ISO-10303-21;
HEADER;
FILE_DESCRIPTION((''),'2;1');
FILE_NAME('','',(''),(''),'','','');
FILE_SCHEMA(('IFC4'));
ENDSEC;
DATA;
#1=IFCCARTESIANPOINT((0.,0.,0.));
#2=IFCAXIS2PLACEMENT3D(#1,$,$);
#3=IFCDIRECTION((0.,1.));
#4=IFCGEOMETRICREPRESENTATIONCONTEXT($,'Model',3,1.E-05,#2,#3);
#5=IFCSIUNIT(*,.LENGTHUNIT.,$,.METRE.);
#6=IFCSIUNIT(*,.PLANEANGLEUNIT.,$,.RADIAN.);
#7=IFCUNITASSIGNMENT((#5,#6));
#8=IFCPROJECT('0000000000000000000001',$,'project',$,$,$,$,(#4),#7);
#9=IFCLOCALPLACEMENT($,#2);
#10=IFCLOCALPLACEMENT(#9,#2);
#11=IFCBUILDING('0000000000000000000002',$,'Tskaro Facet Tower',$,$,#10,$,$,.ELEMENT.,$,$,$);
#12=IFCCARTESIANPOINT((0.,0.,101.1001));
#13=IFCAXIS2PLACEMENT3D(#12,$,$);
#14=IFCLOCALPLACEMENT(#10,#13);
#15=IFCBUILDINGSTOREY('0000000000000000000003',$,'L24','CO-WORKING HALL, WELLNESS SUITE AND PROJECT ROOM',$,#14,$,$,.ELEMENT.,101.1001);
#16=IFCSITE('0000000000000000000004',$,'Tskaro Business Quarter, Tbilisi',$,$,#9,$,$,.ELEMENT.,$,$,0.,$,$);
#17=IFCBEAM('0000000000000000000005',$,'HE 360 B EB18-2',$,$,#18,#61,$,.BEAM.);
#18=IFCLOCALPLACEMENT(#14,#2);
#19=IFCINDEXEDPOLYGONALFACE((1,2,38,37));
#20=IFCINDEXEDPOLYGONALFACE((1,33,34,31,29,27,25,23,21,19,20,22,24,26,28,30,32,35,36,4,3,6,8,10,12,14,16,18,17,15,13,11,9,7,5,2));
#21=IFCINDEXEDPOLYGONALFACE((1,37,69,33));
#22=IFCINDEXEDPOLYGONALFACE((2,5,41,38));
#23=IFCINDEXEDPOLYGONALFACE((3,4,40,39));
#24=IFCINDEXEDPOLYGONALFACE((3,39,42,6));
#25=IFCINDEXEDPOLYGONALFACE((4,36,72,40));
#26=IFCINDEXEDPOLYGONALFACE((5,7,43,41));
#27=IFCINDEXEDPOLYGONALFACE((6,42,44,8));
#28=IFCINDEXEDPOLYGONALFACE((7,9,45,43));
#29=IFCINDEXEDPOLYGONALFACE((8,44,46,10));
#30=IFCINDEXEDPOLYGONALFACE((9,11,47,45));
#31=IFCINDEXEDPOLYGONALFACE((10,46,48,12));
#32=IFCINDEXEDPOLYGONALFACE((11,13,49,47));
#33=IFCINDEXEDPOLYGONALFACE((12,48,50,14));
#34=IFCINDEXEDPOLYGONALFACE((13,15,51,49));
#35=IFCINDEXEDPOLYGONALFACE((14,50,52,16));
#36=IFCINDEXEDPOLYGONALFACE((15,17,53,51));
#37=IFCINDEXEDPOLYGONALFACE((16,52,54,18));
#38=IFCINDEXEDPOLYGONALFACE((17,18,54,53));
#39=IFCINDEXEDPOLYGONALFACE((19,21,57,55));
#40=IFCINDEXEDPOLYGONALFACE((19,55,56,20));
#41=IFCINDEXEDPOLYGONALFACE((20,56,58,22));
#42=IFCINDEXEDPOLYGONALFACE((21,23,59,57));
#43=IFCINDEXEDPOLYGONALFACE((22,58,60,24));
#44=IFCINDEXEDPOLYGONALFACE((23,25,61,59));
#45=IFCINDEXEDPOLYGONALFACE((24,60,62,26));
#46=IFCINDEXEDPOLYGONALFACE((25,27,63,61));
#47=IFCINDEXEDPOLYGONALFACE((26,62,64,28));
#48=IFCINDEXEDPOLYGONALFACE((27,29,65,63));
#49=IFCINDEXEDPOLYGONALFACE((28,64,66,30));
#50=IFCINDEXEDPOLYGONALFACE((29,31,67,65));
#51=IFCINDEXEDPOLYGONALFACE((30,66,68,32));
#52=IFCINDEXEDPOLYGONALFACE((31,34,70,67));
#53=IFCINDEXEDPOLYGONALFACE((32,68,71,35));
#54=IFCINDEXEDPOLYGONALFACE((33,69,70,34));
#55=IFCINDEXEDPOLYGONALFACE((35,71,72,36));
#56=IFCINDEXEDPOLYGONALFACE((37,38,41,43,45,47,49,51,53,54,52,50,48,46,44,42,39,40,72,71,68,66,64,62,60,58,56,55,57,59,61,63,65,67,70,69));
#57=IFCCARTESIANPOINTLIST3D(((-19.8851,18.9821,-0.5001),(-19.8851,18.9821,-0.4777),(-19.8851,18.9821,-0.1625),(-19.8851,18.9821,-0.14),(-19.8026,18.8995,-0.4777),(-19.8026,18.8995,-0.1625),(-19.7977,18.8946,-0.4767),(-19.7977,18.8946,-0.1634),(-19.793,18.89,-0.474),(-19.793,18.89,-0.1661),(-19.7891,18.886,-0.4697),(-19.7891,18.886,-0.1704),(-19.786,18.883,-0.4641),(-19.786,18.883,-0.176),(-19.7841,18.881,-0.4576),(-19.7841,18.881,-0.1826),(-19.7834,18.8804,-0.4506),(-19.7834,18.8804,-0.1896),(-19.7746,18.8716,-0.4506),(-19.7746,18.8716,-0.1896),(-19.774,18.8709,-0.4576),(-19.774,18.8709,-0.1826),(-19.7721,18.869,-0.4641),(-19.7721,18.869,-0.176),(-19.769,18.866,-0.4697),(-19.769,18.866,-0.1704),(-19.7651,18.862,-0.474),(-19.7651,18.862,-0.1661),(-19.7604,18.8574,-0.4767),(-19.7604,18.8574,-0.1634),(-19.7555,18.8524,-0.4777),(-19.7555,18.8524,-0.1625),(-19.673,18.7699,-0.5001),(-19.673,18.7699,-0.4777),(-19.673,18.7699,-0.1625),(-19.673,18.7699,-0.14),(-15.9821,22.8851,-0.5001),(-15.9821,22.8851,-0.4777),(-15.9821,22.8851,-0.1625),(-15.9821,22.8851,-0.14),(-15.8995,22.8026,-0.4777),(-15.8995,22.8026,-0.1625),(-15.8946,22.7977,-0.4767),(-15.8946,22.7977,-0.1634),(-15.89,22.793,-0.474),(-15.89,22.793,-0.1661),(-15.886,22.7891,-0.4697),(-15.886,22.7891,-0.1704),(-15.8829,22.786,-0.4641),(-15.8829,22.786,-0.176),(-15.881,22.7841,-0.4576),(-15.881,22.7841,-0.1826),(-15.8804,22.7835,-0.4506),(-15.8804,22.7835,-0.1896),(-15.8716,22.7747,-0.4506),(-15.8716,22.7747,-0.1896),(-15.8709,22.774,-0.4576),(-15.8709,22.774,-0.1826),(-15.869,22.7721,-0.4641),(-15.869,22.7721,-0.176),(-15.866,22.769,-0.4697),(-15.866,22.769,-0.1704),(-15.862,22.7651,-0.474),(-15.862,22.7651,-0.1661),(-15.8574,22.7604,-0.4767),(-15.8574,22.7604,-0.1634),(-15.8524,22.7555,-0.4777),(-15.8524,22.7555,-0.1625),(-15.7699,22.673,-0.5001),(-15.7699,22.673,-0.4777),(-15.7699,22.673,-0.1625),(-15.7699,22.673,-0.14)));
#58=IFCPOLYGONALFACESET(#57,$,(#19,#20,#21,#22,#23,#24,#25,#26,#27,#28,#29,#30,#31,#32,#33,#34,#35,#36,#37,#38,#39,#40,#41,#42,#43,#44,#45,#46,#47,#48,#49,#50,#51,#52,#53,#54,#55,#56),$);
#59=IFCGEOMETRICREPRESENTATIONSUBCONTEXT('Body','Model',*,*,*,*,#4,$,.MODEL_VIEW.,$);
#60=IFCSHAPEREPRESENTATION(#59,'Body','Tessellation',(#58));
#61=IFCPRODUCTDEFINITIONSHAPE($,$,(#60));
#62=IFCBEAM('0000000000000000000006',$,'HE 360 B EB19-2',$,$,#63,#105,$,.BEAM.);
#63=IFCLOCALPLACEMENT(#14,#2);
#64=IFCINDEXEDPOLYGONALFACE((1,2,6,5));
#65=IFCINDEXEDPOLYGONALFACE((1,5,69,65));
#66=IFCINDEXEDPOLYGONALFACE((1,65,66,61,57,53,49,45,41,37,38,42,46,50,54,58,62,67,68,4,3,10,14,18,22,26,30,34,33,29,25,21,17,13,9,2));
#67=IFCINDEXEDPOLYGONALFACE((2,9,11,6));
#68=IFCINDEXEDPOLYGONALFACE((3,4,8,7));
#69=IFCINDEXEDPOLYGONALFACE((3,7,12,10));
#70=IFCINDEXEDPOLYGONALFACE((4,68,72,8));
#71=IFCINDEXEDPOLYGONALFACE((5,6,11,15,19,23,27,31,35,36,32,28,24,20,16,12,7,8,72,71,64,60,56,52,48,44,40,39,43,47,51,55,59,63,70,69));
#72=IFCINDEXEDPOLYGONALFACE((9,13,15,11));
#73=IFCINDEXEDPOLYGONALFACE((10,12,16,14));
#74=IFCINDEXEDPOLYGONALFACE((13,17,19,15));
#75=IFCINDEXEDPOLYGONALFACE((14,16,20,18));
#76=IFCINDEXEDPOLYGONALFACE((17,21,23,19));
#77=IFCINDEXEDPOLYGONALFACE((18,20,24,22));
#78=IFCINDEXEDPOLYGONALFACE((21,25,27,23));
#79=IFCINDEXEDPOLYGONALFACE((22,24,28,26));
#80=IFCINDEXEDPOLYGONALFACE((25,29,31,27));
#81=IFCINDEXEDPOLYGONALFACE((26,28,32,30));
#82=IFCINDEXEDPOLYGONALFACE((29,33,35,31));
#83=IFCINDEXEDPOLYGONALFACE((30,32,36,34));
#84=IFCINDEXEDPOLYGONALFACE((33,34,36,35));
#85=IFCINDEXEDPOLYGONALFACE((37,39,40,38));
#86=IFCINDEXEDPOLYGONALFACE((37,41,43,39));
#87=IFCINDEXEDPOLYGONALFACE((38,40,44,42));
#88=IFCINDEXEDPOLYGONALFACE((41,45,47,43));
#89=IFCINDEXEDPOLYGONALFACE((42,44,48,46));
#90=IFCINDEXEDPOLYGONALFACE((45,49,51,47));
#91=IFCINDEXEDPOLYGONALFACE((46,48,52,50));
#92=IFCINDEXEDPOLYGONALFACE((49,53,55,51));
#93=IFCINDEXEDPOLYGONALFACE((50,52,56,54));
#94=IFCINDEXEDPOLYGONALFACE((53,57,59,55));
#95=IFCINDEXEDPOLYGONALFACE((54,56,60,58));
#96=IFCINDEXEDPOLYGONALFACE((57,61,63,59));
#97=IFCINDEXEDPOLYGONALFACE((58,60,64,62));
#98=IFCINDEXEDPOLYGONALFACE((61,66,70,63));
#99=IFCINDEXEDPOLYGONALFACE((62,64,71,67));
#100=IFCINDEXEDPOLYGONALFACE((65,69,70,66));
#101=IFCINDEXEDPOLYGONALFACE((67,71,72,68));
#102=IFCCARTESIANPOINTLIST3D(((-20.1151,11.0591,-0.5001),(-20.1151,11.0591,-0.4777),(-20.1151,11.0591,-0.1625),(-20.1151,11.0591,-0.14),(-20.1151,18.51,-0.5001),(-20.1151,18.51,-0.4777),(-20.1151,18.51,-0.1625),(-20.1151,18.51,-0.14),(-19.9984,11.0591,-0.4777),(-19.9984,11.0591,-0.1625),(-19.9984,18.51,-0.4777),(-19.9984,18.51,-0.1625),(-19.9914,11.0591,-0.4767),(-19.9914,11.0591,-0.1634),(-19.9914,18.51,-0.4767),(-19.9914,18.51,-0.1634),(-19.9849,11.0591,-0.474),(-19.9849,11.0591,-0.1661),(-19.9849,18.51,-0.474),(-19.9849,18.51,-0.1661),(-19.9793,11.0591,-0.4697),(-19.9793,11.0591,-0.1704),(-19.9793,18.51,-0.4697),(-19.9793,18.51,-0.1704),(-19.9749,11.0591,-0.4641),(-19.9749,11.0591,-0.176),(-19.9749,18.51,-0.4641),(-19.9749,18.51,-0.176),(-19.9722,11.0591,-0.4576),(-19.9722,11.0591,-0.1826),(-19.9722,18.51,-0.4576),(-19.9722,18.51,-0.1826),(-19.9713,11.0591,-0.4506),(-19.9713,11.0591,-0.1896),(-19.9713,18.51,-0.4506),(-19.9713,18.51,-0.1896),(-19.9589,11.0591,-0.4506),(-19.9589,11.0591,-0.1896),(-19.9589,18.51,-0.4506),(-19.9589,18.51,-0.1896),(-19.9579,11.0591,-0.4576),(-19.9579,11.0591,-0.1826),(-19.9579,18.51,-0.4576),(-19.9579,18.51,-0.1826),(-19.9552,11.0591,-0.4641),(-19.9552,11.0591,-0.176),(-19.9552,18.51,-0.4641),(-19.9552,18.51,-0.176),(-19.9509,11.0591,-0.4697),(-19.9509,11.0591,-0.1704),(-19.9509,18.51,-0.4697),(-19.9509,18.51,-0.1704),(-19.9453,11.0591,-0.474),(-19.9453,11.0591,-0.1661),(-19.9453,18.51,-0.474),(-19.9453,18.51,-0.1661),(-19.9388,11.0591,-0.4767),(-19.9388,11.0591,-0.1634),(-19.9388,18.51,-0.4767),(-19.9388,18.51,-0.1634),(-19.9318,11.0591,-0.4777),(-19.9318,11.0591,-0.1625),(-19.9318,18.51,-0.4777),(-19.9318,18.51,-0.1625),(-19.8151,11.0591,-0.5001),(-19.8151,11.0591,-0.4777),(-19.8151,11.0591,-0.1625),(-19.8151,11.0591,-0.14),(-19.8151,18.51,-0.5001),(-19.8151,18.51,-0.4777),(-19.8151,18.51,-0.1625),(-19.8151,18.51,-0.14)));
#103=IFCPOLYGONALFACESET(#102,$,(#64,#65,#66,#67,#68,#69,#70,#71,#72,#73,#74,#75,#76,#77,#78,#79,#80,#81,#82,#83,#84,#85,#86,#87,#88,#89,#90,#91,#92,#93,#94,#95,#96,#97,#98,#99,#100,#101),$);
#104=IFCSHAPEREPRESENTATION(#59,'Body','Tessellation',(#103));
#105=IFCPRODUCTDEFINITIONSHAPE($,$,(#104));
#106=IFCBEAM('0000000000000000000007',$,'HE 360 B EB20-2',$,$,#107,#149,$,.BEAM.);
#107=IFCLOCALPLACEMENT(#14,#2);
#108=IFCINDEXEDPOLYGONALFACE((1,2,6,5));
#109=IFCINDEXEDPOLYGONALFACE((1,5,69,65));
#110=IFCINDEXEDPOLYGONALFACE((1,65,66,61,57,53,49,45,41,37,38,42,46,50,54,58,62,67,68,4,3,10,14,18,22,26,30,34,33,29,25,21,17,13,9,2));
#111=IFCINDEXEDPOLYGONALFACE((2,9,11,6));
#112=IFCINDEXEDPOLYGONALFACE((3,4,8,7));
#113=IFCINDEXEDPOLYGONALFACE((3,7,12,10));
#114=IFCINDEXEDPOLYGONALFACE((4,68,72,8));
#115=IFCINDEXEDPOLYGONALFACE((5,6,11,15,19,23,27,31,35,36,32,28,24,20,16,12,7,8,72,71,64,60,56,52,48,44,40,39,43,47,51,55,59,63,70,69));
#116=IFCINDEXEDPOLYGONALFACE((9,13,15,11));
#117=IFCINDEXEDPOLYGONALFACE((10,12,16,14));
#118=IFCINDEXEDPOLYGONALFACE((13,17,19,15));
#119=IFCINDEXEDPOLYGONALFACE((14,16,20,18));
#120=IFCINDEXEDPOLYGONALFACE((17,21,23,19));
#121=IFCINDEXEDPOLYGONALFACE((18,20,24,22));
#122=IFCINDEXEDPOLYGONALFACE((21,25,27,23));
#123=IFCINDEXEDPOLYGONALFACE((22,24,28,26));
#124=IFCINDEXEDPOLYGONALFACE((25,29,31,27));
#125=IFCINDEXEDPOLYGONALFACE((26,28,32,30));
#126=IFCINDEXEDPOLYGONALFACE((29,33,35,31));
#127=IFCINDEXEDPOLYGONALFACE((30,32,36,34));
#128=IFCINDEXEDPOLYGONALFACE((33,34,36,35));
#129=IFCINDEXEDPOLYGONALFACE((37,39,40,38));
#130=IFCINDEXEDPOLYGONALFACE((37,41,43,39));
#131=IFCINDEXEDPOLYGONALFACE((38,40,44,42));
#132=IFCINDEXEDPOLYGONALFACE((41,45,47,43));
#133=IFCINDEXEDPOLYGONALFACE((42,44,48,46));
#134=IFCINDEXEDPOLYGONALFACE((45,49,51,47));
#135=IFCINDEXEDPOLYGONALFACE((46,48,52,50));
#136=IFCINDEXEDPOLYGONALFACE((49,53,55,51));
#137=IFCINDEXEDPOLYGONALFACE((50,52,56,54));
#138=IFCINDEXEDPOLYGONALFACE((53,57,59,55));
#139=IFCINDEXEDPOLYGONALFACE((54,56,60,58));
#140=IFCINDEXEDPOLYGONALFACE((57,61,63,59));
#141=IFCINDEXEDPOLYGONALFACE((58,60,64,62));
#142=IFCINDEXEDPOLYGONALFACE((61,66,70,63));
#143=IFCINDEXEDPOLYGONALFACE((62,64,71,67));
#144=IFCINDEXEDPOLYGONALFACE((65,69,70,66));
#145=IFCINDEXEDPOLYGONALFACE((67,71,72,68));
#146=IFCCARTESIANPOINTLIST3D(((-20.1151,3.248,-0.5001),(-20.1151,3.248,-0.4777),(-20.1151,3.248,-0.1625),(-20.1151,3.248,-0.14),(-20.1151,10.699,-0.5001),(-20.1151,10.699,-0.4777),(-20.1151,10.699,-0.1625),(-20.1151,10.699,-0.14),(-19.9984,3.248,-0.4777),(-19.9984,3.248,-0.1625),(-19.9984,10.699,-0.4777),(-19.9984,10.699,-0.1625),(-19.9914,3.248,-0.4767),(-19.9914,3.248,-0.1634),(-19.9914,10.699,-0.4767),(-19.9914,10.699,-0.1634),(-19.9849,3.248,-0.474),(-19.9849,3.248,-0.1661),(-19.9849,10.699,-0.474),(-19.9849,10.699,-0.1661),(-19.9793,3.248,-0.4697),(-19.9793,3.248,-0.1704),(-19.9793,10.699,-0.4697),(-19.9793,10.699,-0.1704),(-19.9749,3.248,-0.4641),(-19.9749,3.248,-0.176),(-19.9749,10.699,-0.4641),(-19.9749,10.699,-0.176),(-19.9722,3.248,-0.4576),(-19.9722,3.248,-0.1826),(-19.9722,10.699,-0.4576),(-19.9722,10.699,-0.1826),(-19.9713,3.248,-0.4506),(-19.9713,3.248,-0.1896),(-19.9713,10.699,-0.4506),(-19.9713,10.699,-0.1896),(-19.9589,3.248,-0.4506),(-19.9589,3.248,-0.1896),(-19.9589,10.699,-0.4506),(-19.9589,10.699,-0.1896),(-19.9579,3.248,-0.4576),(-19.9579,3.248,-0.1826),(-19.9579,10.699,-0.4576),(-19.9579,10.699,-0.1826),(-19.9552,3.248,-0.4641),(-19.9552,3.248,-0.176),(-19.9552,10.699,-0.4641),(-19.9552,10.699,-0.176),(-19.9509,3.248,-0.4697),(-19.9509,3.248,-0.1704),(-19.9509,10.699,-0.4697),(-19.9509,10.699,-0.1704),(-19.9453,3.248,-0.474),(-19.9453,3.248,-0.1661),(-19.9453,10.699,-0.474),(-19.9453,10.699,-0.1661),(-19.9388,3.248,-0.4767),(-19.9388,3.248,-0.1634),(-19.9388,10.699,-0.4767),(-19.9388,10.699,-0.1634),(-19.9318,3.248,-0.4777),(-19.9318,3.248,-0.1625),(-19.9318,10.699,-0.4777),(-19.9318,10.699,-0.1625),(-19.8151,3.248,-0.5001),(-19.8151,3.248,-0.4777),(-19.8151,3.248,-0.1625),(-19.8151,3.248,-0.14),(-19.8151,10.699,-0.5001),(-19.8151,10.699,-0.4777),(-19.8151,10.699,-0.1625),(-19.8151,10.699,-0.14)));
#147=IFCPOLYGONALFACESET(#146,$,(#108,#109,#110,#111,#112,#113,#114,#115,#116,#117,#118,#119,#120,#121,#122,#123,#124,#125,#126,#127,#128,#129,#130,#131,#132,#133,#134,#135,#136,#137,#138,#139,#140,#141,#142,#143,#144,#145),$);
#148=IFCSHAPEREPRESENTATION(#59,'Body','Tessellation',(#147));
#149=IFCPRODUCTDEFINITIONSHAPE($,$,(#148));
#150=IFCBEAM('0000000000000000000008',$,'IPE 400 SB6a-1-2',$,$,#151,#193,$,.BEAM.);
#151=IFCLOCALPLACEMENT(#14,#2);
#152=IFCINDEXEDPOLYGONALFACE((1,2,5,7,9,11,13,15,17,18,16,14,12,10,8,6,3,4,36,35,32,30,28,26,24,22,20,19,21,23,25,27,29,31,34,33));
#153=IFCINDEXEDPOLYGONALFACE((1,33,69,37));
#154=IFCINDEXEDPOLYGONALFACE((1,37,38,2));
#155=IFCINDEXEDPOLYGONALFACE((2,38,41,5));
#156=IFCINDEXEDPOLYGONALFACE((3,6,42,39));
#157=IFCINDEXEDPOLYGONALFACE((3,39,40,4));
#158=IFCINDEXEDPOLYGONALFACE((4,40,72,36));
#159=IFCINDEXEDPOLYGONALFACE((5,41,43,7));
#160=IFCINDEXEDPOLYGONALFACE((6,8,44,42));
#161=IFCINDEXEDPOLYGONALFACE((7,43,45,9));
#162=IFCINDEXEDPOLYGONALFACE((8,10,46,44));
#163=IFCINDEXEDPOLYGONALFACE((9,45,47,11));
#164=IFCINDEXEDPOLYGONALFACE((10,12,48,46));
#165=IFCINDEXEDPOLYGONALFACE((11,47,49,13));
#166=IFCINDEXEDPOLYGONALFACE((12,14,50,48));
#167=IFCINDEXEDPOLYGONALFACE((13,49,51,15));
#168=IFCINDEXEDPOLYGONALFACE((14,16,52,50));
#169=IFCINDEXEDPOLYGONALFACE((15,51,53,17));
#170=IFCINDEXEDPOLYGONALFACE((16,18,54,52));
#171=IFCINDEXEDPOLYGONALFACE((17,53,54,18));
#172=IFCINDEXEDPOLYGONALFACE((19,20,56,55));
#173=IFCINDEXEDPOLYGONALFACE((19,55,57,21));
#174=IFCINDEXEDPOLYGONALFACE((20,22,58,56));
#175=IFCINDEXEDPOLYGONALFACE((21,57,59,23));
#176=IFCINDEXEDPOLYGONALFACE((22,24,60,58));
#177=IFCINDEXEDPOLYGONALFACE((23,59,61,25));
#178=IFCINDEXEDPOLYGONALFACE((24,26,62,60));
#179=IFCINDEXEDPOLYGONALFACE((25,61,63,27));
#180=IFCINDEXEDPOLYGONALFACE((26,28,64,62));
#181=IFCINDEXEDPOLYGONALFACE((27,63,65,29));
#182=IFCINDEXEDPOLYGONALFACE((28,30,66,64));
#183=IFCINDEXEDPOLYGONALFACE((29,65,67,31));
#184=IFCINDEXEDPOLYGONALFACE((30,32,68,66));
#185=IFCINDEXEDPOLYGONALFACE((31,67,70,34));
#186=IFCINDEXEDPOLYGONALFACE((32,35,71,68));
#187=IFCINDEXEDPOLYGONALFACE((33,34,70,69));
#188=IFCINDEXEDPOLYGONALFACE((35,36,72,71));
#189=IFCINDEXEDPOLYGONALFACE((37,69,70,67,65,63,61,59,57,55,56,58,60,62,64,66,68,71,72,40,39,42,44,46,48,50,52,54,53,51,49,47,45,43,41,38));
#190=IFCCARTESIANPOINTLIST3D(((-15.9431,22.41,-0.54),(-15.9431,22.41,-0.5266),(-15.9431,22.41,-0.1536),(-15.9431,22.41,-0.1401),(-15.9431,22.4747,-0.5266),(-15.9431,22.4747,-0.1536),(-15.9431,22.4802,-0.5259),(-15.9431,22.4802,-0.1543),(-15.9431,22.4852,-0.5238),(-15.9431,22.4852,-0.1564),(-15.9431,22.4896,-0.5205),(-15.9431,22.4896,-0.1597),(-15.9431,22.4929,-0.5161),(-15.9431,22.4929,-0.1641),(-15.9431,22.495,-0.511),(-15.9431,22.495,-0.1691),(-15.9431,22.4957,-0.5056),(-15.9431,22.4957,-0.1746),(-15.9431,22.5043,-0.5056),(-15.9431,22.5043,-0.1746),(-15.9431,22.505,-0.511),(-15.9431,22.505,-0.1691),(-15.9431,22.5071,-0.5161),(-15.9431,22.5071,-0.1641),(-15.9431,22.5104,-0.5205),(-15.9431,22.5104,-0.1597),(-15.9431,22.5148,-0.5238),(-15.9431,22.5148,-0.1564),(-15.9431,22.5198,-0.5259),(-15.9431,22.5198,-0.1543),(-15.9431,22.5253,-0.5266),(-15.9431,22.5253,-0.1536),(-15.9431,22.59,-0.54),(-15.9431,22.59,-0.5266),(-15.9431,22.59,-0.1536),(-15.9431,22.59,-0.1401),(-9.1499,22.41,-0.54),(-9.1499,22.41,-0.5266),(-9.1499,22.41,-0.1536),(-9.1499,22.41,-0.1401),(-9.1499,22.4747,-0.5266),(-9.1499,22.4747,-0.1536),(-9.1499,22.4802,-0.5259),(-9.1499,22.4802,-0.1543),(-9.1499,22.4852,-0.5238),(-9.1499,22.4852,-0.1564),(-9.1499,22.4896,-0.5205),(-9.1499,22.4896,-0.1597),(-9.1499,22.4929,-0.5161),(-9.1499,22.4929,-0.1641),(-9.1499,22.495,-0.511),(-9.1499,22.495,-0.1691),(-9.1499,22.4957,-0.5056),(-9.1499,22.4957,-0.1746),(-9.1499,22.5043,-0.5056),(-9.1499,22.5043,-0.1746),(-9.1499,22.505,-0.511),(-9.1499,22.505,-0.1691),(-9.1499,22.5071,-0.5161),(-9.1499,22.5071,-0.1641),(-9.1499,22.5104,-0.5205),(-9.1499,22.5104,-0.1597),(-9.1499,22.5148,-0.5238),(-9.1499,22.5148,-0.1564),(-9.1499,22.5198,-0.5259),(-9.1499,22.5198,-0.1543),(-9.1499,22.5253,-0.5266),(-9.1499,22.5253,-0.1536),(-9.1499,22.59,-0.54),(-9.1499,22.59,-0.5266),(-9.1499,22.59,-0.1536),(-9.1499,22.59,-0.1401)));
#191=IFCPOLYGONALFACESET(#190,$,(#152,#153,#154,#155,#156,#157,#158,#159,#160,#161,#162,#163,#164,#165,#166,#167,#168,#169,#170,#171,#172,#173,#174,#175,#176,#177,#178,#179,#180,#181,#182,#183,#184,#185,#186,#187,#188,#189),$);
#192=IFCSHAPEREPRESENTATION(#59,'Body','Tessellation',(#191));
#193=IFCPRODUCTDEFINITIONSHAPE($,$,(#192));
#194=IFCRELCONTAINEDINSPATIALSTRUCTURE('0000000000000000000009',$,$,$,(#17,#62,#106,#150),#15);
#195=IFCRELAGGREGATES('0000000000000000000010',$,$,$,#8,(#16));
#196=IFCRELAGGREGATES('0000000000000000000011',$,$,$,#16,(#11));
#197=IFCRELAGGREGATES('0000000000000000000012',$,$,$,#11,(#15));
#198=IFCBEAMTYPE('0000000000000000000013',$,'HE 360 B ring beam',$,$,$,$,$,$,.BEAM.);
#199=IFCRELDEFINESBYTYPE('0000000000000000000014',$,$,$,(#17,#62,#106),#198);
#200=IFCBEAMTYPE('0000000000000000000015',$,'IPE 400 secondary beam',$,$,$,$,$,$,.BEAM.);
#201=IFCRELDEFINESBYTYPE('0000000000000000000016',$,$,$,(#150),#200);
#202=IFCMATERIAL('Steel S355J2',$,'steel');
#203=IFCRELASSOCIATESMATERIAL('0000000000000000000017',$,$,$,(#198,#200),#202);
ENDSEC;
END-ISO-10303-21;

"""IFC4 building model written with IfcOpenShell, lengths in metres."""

from ifc_helpers import new_model, si_unit, direction, frame, origin, origin_2d, place, context, subcontext, project, spatial, i_section, extrude, material, material_profile, profile_set, type_object, element, save


model = new_model("IFC4")

# Units and contexts
model_context = context("Model", 3, precision=1e-05, world=origin(), true_north=direction((0.0, 1.0)))
body_context = subcontext(model_context, "Body", "Model", "MODEL_VIEW")
ifc_project = project(units=[si_unit("LENGTHUNIT", "METRE"), si_unit("PLANEANGLEUNIT", "RADIAN")], contexts=[model_context])

# Site, building, storey
site_placement = place(None, origin())
site = spatial("IfcSite", under=ifc_project, at=site_placement, Name="Tskaro Business Quarter, Tbilisi", CompositionType="ELEMENT", RefElevation=0.0)
building_placement = place(site_placement, origin())
building = spatial("IfcBuilding", under=site, at=building_placement, Name="Tskaro Facet Tower", CompositionType="ELEMENT")
storey_placement = place(building_placement, frame((0.0, 0.0, 101.1001)))
storey = spatial("IfcBuildingStorey", under=building, at=storey_placement, Name="L24", Description="CO-WORKING HALL, WELLNESS SUITE AND PROJECT ROOM", CompositionType="ELEMENT", Elevation=101.1001)

# Beams
ifc_material_1 = material(Name="Steel S355J2", Category="steel")
ifc_material_profile_1 = material_profile(ifc_material_1, i_section(OverallWidth=0.3, OverallDepth=0.3601, WebThickness=0.0125, FlangeThickness=0.0225, FilletRadius=0.0271, at=origin_2d()), Name="HE 360 B")
ifc_profile_set_1 = profile_set([ifc_material_profile_1], Name="Steel S355J2")
beam_type_1 = type_object("IfcBeamType", Name="HE 360 B ring beam", PredefinedType="BEAM", material=ifc_profile_set_1)
beam_1_placement = place(storey_placement, frame((-15.876, 22.7791, -0.3201), z_axis=(-0.707107, -0.707107, 0.0), x_axis=(0.707107, -0.707107, 0.0)))
element("IfcBeam", 1, at=beam_1_placement, inside=storey, type_object=beam_type_1, Name="HE 360 B EB18-2", PredefinedType="BEAM", context=body_context, shape_type="SweptSolid", body=[
    extrude(i_section(OverallWidth=0.3, OverallDepth=0.3601, WebThickness=0.0125, FlangeThickness=0.0225, FilletRadius=0.0271, at=origin_2d()), origin(), (0.0, 0.0, 1.0), 5.5198),
])
for number, where, z_axis, x_axis, name in (
    (2, (-19.9651, 18.51, -0.3201), (0.0, -1.0, 0.0), (1.0, 0.0, 0.0), "HE 360 B EB19-2"),
    (3, (-19.9651, 10.699, -0.3201), (0.0, -1.0, 0.0), (1.0, 0.0, 0.0), "HE 360 B EB20-2"),
):
    element("IfcBeam", number, at=place(storey_placement, frame(where, z_axis=z_axis, x_axis=x_axis)), inside=storey, type_object=beam_type_1, Name=name, PredefinedType="BEAM", context=body_context, shape_type="SweptSolid", body=[
        extrude(i_section(OverallWidth=0.3, OverallDepth=0.3601, WebThickness=0.0125, FlangeThickness=0.0225, FilletRadius=0.0271, at=origin_2d()), origin(), (0.0, 0.0, 1.0), 7.4509),
    ])
ifc_material_profile_2 = material_profile(ifc_material_1, i_section(OverallWidth=0.1799, OverallDepth=0.3999, WebThickness=0.0085, FlangeThickness=0.0134, FilletRadius=0.021, at=origin_2d()), Name="IPE 400")
ifc_profile_set_2 = profile_set([ifc_material_profile_2], Name="Steel S355J2")
beam_type_2 = type_object("IfcBeamType", Name="IPE 400 secondary beam", PredefinedType="BEAM", material=ifc_profile_set_2)
beam_2_placement = place(storey_placement, frame((-15.9431, 22.5, -0.3401), z_axis=(1.0, 0.0, 0.0), x_axis=(0.0, 1.0, 0.0)))
element("IfcBeam", 4, at=beam_2_placement, inside=storey, type_object=beam_type_2, Name="IPE 400 SB6a-1-2", PredefinedType="BEAM", context=body_context, shape_type="SweptSolid", body=[
    extrude(i_section(OverallWidth=0.1799, OverallDepth=0.3999, WebThickness=0.0085, FlangeThickness=0.0134, FilletRadius=0.021, at=origin_2d()), origin(), (0.0, 0.0, 1.0), 6.7932),
])

save(model, "model.ifc")
